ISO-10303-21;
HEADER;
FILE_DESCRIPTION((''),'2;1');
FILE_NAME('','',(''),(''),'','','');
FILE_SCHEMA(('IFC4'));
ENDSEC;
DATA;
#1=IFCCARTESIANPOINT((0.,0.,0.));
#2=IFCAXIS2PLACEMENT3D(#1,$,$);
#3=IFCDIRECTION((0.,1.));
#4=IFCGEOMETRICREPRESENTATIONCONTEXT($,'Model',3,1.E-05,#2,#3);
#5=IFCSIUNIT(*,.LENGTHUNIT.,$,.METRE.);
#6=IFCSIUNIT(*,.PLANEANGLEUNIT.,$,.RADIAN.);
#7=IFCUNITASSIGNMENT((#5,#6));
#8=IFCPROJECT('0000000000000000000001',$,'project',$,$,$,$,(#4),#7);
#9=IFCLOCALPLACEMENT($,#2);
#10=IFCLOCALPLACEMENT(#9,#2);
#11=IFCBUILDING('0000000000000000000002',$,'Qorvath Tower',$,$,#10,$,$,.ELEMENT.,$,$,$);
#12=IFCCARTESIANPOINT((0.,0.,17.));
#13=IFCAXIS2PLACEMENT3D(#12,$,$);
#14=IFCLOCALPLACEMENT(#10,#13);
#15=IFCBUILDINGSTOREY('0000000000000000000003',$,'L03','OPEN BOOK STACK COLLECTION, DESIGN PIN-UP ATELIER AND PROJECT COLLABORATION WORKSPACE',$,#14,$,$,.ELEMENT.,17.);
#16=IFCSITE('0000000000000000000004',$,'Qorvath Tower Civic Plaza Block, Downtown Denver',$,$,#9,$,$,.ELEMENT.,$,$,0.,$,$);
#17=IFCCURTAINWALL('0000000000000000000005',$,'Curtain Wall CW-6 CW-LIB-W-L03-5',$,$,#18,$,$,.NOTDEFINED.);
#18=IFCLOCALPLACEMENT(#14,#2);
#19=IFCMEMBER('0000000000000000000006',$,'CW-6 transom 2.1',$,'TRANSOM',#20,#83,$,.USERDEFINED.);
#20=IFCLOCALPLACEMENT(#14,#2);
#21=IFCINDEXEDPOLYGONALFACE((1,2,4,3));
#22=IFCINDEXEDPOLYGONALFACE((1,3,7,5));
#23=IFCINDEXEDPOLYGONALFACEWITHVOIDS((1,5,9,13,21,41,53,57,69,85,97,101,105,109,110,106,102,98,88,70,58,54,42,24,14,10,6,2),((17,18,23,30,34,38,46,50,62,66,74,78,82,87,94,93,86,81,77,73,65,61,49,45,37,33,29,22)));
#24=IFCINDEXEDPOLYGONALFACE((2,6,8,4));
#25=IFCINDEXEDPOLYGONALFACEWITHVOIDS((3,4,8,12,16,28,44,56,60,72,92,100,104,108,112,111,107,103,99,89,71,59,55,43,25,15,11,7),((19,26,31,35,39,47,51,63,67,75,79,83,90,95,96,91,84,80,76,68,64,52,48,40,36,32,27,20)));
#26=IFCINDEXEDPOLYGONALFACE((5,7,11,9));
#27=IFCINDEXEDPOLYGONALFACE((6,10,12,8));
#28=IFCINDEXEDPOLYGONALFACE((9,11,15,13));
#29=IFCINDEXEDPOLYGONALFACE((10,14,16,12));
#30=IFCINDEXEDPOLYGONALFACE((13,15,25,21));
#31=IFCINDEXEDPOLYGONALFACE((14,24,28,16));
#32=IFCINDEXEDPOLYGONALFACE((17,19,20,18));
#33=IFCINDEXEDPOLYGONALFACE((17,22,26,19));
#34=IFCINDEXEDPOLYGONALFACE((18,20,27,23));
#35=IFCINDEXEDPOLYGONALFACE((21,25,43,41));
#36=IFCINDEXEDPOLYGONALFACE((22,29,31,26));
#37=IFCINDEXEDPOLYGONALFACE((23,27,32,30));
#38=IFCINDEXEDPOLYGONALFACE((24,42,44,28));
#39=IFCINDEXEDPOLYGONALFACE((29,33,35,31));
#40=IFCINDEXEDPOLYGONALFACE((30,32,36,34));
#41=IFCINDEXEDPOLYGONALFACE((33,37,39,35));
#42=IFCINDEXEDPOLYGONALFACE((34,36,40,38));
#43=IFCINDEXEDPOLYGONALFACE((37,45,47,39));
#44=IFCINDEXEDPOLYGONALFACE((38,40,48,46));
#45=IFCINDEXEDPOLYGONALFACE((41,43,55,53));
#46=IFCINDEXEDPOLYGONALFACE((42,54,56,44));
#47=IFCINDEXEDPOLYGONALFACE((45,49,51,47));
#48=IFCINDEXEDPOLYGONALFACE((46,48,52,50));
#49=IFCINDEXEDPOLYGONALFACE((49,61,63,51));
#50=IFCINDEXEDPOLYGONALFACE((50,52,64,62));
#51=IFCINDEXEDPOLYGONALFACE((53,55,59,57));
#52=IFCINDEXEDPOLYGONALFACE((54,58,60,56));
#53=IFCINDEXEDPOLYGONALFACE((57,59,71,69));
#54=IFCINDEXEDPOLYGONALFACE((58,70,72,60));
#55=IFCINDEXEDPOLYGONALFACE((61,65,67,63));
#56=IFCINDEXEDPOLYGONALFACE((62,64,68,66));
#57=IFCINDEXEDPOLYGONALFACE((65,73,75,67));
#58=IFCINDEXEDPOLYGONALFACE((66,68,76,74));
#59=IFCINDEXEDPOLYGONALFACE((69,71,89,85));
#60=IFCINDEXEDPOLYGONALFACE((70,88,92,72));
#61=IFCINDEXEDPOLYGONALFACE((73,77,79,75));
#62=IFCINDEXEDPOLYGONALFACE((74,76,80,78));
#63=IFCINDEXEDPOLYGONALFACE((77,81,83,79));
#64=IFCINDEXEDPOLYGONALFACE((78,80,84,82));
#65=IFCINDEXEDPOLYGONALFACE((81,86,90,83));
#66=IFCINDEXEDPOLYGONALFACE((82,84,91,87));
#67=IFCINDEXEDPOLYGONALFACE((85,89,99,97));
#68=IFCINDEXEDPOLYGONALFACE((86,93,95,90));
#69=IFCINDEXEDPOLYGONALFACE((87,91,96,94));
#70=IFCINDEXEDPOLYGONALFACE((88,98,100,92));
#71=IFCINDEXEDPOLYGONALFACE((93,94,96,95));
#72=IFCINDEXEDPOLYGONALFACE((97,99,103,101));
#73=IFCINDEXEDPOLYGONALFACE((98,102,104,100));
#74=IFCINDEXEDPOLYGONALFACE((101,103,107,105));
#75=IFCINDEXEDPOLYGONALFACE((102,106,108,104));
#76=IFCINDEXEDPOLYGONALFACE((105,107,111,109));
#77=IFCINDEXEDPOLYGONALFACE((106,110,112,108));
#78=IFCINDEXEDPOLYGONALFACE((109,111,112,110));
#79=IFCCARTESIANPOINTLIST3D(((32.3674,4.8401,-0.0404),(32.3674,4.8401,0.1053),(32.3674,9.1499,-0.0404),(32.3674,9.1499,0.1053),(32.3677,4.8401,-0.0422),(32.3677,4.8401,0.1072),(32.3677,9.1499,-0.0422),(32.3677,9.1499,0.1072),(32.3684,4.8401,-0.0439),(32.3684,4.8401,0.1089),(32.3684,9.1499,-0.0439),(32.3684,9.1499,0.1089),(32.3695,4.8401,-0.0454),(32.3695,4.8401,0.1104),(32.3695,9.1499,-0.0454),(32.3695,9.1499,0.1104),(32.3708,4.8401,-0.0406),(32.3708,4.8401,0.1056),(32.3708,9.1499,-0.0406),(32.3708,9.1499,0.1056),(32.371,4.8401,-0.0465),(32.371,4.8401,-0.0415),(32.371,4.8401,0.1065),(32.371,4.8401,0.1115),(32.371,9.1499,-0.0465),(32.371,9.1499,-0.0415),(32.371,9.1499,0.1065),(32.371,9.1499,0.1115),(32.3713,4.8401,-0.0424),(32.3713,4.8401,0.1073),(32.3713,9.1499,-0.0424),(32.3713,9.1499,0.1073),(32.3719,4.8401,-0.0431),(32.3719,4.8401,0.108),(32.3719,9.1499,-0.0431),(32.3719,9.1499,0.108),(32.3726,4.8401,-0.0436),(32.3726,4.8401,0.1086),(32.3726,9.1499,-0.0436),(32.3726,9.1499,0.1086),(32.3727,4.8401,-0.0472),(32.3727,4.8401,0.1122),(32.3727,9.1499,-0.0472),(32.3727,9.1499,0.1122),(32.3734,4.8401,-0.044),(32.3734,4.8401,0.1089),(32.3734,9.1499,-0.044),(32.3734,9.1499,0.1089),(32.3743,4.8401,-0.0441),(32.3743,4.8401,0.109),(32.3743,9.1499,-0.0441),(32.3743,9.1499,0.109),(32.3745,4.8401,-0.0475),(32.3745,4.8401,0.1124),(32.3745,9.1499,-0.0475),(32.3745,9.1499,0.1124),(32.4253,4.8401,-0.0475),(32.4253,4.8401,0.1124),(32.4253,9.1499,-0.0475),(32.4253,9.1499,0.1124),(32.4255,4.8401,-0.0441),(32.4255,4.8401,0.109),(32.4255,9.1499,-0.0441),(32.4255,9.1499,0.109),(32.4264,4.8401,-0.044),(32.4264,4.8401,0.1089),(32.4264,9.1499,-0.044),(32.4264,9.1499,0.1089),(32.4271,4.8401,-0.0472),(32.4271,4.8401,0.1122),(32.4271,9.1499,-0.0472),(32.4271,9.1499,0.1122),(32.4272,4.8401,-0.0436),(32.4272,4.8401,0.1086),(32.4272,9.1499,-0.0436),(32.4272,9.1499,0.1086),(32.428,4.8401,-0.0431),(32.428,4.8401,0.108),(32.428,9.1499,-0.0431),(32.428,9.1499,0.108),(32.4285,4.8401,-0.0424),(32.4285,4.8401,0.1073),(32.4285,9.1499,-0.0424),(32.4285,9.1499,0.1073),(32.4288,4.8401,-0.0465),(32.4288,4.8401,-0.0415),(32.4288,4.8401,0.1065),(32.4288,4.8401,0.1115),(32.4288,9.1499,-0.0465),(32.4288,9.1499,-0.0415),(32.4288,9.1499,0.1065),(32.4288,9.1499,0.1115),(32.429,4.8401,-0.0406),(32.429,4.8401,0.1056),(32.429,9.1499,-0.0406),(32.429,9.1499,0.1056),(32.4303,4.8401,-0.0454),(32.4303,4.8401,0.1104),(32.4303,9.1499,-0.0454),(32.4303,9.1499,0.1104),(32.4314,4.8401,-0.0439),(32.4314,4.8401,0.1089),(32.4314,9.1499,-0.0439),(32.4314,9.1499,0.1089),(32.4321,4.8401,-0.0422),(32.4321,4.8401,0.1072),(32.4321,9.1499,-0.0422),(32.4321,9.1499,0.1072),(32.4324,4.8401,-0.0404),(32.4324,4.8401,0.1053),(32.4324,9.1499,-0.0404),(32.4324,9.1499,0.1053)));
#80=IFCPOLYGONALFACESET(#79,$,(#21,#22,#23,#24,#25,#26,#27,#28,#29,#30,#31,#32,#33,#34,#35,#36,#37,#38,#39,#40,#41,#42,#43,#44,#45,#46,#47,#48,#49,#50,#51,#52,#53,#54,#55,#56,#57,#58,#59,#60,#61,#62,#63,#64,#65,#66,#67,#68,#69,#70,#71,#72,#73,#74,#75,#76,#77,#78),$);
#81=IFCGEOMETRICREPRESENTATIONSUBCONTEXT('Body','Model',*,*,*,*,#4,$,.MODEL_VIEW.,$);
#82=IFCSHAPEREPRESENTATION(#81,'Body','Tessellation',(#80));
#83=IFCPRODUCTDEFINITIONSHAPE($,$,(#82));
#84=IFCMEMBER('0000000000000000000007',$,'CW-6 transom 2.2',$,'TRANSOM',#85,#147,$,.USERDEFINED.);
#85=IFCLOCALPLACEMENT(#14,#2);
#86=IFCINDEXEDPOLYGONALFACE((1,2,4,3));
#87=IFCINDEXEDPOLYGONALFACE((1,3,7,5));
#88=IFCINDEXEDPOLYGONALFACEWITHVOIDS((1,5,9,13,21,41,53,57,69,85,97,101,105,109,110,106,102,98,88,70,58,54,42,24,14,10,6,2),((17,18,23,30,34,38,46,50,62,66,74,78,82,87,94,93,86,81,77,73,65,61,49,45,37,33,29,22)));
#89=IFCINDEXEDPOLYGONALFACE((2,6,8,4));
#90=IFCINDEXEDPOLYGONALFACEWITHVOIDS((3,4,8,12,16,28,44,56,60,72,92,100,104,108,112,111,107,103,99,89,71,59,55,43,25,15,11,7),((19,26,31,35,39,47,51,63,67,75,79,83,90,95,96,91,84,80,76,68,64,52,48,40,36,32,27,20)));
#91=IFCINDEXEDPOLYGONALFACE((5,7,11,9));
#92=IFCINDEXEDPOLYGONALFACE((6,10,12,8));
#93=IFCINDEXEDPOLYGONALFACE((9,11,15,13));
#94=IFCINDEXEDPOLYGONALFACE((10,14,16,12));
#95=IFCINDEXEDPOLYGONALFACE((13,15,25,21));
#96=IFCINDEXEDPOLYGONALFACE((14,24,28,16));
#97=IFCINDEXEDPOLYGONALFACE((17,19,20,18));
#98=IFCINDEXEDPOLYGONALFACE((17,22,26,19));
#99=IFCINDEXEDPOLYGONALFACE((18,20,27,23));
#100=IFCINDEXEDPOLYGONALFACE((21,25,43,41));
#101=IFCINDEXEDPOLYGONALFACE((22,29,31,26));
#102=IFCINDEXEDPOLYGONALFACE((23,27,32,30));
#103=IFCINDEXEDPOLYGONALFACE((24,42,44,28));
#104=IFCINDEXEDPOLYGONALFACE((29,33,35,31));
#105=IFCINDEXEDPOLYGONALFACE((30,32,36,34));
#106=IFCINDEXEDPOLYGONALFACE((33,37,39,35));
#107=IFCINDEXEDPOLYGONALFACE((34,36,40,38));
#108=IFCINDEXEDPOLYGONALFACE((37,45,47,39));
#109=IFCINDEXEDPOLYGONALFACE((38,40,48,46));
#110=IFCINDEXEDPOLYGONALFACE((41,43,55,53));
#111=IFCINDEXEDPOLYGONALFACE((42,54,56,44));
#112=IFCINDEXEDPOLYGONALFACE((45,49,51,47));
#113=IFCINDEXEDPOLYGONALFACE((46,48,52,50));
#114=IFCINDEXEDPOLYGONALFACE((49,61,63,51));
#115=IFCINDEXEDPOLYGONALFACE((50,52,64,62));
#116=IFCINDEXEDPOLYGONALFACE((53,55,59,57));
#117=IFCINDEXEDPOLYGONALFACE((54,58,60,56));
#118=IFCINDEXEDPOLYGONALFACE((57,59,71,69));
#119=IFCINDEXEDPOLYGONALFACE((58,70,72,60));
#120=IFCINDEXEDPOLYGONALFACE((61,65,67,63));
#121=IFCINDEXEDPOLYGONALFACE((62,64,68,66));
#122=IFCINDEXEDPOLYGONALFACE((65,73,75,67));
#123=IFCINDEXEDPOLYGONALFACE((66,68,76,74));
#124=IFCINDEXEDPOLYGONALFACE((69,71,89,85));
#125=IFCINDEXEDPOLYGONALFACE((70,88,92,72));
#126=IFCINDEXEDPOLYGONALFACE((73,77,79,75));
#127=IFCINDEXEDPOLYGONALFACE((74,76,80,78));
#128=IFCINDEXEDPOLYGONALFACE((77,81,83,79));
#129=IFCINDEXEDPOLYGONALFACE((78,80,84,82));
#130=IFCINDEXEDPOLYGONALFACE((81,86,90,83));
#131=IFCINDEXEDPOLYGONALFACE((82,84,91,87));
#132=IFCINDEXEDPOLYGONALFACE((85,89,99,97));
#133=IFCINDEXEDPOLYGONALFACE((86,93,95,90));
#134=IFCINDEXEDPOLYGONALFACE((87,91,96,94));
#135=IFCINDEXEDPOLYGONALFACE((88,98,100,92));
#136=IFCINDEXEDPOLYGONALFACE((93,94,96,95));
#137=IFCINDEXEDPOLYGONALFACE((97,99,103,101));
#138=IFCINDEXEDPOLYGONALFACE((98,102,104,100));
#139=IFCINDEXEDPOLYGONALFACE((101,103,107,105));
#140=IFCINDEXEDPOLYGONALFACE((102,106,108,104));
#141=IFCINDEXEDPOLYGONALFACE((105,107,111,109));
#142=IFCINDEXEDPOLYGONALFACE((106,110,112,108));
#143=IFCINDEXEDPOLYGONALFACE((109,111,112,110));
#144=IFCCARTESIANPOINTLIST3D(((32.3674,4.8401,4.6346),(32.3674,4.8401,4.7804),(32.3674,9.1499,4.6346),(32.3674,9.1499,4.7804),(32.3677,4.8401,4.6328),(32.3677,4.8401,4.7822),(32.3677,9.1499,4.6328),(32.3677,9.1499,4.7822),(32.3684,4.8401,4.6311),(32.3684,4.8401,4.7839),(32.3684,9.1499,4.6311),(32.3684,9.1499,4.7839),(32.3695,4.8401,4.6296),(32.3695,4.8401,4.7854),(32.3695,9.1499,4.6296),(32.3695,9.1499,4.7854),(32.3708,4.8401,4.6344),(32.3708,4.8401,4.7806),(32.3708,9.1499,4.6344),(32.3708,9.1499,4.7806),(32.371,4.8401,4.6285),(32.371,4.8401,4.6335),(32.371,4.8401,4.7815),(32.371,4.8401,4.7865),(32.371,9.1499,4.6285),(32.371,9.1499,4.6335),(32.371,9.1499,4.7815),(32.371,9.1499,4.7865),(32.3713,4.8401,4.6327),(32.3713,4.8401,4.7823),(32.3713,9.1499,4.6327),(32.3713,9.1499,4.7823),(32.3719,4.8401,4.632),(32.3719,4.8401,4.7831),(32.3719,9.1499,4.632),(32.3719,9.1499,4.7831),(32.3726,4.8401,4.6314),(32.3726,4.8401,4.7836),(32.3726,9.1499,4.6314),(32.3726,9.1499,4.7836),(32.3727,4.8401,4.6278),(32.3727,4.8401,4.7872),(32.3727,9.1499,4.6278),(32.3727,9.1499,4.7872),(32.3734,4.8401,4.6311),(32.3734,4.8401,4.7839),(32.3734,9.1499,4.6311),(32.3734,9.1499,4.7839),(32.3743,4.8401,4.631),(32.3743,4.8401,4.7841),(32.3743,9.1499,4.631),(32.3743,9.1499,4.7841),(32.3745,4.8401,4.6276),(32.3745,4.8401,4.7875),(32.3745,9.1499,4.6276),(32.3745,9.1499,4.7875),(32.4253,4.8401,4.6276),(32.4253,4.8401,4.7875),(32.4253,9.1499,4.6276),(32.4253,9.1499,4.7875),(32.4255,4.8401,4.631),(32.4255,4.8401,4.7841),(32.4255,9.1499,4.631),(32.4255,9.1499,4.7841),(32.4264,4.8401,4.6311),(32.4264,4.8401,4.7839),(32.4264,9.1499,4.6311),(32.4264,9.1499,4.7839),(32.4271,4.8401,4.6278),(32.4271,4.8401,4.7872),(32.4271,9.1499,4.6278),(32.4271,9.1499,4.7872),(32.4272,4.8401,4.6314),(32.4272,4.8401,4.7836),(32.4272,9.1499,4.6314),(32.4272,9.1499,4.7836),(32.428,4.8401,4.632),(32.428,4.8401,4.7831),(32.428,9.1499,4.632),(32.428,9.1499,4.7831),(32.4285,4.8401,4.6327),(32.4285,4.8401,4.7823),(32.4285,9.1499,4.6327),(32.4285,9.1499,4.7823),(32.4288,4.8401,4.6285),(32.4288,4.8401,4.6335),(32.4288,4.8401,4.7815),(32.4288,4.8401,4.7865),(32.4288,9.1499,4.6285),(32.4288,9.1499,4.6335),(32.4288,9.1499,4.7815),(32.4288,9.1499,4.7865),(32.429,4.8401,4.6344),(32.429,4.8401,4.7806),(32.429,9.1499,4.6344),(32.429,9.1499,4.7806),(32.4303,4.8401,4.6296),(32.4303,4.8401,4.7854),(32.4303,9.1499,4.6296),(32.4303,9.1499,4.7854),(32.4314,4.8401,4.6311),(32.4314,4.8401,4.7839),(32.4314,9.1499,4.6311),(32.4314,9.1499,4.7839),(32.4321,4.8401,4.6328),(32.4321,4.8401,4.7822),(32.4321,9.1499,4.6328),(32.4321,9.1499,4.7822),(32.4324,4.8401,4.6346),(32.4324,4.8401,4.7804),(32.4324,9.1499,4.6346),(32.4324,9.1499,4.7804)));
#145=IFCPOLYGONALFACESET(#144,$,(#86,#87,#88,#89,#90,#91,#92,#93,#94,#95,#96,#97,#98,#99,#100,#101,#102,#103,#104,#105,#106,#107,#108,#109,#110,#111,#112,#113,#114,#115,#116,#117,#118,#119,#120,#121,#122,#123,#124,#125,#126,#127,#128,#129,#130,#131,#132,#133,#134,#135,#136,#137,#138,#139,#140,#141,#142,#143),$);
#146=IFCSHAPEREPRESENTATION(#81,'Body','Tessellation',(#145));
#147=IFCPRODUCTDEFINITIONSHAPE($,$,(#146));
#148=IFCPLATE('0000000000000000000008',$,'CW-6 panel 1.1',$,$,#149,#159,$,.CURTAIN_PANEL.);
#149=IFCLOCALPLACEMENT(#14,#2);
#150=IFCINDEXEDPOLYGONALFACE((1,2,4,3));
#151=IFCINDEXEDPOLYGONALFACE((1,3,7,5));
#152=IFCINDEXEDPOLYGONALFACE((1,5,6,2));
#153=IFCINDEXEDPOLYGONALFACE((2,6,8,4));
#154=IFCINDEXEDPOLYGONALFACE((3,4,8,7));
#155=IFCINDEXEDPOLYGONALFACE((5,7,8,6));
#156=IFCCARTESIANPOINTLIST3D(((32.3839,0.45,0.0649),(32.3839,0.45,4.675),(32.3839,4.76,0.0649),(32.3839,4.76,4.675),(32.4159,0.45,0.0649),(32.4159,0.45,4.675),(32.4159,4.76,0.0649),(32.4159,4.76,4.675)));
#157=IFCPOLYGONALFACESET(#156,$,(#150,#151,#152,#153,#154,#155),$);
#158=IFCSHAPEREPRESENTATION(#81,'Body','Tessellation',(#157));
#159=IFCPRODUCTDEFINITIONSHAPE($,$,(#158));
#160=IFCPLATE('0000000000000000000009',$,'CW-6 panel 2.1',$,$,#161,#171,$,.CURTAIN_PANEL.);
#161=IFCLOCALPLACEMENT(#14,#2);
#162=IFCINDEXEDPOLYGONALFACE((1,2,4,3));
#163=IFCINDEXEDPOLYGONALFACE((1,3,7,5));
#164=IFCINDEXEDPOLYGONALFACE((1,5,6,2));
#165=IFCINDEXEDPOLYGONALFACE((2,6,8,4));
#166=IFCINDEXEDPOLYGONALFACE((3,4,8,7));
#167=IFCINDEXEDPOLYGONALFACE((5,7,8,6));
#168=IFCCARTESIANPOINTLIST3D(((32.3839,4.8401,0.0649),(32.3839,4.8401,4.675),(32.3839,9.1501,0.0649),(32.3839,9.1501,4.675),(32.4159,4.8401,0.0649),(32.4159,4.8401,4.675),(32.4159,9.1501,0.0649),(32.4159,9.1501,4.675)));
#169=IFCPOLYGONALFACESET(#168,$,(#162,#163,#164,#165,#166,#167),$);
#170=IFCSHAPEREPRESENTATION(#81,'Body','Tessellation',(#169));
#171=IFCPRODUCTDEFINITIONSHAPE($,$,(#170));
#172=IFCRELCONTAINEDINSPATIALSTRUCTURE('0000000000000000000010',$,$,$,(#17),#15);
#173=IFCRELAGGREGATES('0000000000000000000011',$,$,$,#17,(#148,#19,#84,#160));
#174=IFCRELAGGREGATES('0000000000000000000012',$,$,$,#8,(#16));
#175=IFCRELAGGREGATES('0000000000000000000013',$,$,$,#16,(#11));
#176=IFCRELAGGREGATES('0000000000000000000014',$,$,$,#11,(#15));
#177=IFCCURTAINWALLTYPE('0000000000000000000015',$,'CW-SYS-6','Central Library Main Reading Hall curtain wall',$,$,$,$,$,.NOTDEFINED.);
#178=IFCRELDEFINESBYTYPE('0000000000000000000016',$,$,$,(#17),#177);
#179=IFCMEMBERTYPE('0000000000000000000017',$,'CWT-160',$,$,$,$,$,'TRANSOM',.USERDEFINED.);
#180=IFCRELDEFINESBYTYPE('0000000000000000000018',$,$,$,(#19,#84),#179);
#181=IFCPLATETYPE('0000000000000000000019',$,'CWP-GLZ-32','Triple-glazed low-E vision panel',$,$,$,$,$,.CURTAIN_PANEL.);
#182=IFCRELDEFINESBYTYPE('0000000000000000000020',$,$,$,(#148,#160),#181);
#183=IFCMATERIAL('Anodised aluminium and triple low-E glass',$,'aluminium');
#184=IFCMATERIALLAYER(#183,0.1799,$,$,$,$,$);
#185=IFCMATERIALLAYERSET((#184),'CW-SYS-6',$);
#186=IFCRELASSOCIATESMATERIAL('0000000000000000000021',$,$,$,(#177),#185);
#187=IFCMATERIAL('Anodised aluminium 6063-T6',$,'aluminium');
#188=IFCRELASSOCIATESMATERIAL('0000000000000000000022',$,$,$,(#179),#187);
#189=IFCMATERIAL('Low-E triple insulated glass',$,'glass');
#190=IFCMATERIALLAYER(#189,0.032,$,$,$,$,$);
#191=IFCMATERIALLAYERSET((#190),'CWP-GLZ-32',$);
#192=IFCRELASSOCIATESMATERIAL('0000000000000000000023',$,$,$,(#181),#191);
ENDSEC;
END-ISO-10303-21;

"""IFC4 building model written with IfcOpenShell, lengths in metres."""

from ifc_helpers import new_model, si_unit, direction, frame, origin, origin_2d, place, context, subcontext, project, spatial, rectangle, hollow_rectangle, extrude, material, layer, layer_set, material_profile, profile_set, type_object, element, aggregate, save


model = new_model("IFC4")

# Units and contexts
model_context = context("Model", 3, precision=1e-05, world=origin(), true_north=direction((0.0, 1.0)))
body_context = subcontext(model_context, "Body", "Model", "MODEL_VIEW")
ifc_project = project(units=[si_unit("LENGTHUNIT", "METRE"), si_unit("PLANEANGLEUNIT", "RADIAN")], contexts=[model_context])

# Site, building, storey
site_placement = place(None, origin())
site = spatial("IfcSite", under=ifc_project, at=site_placement, Name="Qorvath Tower Civic Plaza Block, Downtown Denver", CompositionType="ELEMENT", RefElevation=0.0)
building_placement = place(site_placement, origin())
building = spatial("IfcBuilding", under=site, at=building_placement, Name="Qorvath Tower", CompositionType="ELEMENT")
storey_placement = place(building_placement, frame((0.0, 0.0, 17.0)))
storey = spatial("IfcBuildingStorey", under=building, at=storey_placement, Name="L03", Description="OPEN BOOK STACK COLLECTION, DESIGN PIN-UP ATELIER AND PROJECT COLLABORATION WORKSPACE", CompositionType="ELEMENT", Elevation=17.0)

# Curtain wall
ifc_material_1 = material(Name="Anodised aluminium and triple low-E glass", Category="aluminium")
ifc_layer_1 = layer(ifc_material_1, 0.1799)
ifc_layer_set_1 = layer_set([ifc_layer_1], Name="CW-SYS-6")
curtain_wall_type = type_object("IfcCurtainWallType", Name="CW-SYS-6", Description="Central Library Main Reading Hall curtain wall", PredefinedType="NOTDEFINED", material=ifc_layer_set_1)
curtain_wall_1_placement = place(storey_placement, origin())
curtain_wall_1 = element("IfcCurtainWall", 1, at=curtain_wall_1_placement, inside=storey, type_object=curtain_wall_type, Name="Curtain Wall CW-6 CW-LIB-W-L03-5", PredefinedType="NOTDEFINED")

# Members
ifc_material_2 = material(Name="Anodised aluminium 6063-T6", Category="aluminium")
ifc_material_profile_1 = material_profile(ifc_material_2, hollow_rectangle(XDim=0.0649, YDim=0.1599, WallThickness=0.0034, InnerFilletRadius=0.0034, OuterFilletRadius=0.0071, at=origin_2d()), Name="CWT 160x65")
ifc_profile_set_1 = profile_set([ifc_material_profile_1], Name="Anodised aluminium 6063-T6")
member_type_1 = type_object("IfcMemberType", Name="CWT-160", ElementType="TRANSOM", PredefinedType="USERDEFINED", material=ifc_profile_set_1)
member_1_placement = place(storey_placement, frame((32.3999, 4.8401, 0.0325), z_axis=(0.0, 1.0, 0.0), x_axis=(-1.0, 0.0, 0.0)))
member_1 = element("IfcMember", 2, at=member_1_placement, type_object=member_type_1, Name="CW-6 transom 2.1", ObjectType="TRANSOM", PredefinedType="USERDEFINED", context=body_context, shape_type="SweptSolid", body=[
    extrude(hollow_rectangle(XDim=0.0649, YDim=0.1599, WallThickness=0.0034, InnerFilletRadius=0.0034, OuterFilletRadius=0.0071, at=origin_2d()), origin(), (0.0, 0.0, 1.0), 4.3098),
])
member_2_placement = place(storey_placement, frame((32.3999, 4.8401, 4.7075), z_axis=(0.0, 1.0, 0.0), x_axis=(-1.0, 0.0, 0.0)))
member_2 = element("IfcMember", 3, at=member_2_placement, type_object=member_type_1, Name="CW-6 transom 2.2", ObjectType="TRANSOM", PredefinedType="USERDEFINED", context=body_context, shape_type="SweptSolid", body=[
    extrude(hollow_rectangle(XDim=0.0649, YDim=0.1599, WallThickness=0.0034, InnerFilletRadius=0.0034, OuterFilletRadius=0.0071, at=origin_2d()), origin(), (0.0, 0.0, 1.0), 4.3098),
])

# Plates
ifc_material_3 = material(Name="Low-E triple insulated glass", Category="glass")
ifc_layer_2 = layer(ifc_material_3, 0.032)
ifc_layer_set_2 = layer_set([ifc_layer_2], Name="CWP-GLZ-32")
plate_type = type_object("IfcPlateType", Name="CWP-GLZ-32", Description="Triple-glazed low-E vision panel", PredefinedType="CURTAIN_PANEL", material=ifc_layer_set_2)
plate_1_placement = place(storey_placement, frame((32.3999, 2.605, 0.0649), z_axis=(0.0, 0.0, 1.0), x_axis=(0.0, 1.0, 0.0)))
plate_1 = element("IfcPlate", 4, at=plate_1_placement, type_object=plate_type, Name="CW-6 panel 1.1", PredefinedType="CURTAIN_PANEL", context=body_context, shape_type="SweptSolid", body=[
    extrude(rectangle(XDim=4.3101, YDim=0.032, at=origin_2d()), origin(), (0.0, 0.0, 1.0), 4.6101),
])
plate_2_placement = place(storey_placement, frame((32.3999, 6.9951, 0.0649), z_axis=(0.0, 0.0, 1.0), x_axis=(0.0, 1.0, 0.0)))
plate_2 = element("IfcPlate", 5, at=plate_2_placement, type_object=plate_type, Name="CW-6 panel 2.1", PredefinedType="CURTAIN_PANEL", context=body_context, shape_type="SweptSolid", body=[
    extrude(rectangle(XDim=4.3101, YDim=0.032, at=origin_2d()), origin(), (0.0, 0.0, 1.0), 4.6101),
])
aggregate(curtain_wall_1, [plate_1, member_1, member_2, plate_2])

save(model, "model.ifc")
